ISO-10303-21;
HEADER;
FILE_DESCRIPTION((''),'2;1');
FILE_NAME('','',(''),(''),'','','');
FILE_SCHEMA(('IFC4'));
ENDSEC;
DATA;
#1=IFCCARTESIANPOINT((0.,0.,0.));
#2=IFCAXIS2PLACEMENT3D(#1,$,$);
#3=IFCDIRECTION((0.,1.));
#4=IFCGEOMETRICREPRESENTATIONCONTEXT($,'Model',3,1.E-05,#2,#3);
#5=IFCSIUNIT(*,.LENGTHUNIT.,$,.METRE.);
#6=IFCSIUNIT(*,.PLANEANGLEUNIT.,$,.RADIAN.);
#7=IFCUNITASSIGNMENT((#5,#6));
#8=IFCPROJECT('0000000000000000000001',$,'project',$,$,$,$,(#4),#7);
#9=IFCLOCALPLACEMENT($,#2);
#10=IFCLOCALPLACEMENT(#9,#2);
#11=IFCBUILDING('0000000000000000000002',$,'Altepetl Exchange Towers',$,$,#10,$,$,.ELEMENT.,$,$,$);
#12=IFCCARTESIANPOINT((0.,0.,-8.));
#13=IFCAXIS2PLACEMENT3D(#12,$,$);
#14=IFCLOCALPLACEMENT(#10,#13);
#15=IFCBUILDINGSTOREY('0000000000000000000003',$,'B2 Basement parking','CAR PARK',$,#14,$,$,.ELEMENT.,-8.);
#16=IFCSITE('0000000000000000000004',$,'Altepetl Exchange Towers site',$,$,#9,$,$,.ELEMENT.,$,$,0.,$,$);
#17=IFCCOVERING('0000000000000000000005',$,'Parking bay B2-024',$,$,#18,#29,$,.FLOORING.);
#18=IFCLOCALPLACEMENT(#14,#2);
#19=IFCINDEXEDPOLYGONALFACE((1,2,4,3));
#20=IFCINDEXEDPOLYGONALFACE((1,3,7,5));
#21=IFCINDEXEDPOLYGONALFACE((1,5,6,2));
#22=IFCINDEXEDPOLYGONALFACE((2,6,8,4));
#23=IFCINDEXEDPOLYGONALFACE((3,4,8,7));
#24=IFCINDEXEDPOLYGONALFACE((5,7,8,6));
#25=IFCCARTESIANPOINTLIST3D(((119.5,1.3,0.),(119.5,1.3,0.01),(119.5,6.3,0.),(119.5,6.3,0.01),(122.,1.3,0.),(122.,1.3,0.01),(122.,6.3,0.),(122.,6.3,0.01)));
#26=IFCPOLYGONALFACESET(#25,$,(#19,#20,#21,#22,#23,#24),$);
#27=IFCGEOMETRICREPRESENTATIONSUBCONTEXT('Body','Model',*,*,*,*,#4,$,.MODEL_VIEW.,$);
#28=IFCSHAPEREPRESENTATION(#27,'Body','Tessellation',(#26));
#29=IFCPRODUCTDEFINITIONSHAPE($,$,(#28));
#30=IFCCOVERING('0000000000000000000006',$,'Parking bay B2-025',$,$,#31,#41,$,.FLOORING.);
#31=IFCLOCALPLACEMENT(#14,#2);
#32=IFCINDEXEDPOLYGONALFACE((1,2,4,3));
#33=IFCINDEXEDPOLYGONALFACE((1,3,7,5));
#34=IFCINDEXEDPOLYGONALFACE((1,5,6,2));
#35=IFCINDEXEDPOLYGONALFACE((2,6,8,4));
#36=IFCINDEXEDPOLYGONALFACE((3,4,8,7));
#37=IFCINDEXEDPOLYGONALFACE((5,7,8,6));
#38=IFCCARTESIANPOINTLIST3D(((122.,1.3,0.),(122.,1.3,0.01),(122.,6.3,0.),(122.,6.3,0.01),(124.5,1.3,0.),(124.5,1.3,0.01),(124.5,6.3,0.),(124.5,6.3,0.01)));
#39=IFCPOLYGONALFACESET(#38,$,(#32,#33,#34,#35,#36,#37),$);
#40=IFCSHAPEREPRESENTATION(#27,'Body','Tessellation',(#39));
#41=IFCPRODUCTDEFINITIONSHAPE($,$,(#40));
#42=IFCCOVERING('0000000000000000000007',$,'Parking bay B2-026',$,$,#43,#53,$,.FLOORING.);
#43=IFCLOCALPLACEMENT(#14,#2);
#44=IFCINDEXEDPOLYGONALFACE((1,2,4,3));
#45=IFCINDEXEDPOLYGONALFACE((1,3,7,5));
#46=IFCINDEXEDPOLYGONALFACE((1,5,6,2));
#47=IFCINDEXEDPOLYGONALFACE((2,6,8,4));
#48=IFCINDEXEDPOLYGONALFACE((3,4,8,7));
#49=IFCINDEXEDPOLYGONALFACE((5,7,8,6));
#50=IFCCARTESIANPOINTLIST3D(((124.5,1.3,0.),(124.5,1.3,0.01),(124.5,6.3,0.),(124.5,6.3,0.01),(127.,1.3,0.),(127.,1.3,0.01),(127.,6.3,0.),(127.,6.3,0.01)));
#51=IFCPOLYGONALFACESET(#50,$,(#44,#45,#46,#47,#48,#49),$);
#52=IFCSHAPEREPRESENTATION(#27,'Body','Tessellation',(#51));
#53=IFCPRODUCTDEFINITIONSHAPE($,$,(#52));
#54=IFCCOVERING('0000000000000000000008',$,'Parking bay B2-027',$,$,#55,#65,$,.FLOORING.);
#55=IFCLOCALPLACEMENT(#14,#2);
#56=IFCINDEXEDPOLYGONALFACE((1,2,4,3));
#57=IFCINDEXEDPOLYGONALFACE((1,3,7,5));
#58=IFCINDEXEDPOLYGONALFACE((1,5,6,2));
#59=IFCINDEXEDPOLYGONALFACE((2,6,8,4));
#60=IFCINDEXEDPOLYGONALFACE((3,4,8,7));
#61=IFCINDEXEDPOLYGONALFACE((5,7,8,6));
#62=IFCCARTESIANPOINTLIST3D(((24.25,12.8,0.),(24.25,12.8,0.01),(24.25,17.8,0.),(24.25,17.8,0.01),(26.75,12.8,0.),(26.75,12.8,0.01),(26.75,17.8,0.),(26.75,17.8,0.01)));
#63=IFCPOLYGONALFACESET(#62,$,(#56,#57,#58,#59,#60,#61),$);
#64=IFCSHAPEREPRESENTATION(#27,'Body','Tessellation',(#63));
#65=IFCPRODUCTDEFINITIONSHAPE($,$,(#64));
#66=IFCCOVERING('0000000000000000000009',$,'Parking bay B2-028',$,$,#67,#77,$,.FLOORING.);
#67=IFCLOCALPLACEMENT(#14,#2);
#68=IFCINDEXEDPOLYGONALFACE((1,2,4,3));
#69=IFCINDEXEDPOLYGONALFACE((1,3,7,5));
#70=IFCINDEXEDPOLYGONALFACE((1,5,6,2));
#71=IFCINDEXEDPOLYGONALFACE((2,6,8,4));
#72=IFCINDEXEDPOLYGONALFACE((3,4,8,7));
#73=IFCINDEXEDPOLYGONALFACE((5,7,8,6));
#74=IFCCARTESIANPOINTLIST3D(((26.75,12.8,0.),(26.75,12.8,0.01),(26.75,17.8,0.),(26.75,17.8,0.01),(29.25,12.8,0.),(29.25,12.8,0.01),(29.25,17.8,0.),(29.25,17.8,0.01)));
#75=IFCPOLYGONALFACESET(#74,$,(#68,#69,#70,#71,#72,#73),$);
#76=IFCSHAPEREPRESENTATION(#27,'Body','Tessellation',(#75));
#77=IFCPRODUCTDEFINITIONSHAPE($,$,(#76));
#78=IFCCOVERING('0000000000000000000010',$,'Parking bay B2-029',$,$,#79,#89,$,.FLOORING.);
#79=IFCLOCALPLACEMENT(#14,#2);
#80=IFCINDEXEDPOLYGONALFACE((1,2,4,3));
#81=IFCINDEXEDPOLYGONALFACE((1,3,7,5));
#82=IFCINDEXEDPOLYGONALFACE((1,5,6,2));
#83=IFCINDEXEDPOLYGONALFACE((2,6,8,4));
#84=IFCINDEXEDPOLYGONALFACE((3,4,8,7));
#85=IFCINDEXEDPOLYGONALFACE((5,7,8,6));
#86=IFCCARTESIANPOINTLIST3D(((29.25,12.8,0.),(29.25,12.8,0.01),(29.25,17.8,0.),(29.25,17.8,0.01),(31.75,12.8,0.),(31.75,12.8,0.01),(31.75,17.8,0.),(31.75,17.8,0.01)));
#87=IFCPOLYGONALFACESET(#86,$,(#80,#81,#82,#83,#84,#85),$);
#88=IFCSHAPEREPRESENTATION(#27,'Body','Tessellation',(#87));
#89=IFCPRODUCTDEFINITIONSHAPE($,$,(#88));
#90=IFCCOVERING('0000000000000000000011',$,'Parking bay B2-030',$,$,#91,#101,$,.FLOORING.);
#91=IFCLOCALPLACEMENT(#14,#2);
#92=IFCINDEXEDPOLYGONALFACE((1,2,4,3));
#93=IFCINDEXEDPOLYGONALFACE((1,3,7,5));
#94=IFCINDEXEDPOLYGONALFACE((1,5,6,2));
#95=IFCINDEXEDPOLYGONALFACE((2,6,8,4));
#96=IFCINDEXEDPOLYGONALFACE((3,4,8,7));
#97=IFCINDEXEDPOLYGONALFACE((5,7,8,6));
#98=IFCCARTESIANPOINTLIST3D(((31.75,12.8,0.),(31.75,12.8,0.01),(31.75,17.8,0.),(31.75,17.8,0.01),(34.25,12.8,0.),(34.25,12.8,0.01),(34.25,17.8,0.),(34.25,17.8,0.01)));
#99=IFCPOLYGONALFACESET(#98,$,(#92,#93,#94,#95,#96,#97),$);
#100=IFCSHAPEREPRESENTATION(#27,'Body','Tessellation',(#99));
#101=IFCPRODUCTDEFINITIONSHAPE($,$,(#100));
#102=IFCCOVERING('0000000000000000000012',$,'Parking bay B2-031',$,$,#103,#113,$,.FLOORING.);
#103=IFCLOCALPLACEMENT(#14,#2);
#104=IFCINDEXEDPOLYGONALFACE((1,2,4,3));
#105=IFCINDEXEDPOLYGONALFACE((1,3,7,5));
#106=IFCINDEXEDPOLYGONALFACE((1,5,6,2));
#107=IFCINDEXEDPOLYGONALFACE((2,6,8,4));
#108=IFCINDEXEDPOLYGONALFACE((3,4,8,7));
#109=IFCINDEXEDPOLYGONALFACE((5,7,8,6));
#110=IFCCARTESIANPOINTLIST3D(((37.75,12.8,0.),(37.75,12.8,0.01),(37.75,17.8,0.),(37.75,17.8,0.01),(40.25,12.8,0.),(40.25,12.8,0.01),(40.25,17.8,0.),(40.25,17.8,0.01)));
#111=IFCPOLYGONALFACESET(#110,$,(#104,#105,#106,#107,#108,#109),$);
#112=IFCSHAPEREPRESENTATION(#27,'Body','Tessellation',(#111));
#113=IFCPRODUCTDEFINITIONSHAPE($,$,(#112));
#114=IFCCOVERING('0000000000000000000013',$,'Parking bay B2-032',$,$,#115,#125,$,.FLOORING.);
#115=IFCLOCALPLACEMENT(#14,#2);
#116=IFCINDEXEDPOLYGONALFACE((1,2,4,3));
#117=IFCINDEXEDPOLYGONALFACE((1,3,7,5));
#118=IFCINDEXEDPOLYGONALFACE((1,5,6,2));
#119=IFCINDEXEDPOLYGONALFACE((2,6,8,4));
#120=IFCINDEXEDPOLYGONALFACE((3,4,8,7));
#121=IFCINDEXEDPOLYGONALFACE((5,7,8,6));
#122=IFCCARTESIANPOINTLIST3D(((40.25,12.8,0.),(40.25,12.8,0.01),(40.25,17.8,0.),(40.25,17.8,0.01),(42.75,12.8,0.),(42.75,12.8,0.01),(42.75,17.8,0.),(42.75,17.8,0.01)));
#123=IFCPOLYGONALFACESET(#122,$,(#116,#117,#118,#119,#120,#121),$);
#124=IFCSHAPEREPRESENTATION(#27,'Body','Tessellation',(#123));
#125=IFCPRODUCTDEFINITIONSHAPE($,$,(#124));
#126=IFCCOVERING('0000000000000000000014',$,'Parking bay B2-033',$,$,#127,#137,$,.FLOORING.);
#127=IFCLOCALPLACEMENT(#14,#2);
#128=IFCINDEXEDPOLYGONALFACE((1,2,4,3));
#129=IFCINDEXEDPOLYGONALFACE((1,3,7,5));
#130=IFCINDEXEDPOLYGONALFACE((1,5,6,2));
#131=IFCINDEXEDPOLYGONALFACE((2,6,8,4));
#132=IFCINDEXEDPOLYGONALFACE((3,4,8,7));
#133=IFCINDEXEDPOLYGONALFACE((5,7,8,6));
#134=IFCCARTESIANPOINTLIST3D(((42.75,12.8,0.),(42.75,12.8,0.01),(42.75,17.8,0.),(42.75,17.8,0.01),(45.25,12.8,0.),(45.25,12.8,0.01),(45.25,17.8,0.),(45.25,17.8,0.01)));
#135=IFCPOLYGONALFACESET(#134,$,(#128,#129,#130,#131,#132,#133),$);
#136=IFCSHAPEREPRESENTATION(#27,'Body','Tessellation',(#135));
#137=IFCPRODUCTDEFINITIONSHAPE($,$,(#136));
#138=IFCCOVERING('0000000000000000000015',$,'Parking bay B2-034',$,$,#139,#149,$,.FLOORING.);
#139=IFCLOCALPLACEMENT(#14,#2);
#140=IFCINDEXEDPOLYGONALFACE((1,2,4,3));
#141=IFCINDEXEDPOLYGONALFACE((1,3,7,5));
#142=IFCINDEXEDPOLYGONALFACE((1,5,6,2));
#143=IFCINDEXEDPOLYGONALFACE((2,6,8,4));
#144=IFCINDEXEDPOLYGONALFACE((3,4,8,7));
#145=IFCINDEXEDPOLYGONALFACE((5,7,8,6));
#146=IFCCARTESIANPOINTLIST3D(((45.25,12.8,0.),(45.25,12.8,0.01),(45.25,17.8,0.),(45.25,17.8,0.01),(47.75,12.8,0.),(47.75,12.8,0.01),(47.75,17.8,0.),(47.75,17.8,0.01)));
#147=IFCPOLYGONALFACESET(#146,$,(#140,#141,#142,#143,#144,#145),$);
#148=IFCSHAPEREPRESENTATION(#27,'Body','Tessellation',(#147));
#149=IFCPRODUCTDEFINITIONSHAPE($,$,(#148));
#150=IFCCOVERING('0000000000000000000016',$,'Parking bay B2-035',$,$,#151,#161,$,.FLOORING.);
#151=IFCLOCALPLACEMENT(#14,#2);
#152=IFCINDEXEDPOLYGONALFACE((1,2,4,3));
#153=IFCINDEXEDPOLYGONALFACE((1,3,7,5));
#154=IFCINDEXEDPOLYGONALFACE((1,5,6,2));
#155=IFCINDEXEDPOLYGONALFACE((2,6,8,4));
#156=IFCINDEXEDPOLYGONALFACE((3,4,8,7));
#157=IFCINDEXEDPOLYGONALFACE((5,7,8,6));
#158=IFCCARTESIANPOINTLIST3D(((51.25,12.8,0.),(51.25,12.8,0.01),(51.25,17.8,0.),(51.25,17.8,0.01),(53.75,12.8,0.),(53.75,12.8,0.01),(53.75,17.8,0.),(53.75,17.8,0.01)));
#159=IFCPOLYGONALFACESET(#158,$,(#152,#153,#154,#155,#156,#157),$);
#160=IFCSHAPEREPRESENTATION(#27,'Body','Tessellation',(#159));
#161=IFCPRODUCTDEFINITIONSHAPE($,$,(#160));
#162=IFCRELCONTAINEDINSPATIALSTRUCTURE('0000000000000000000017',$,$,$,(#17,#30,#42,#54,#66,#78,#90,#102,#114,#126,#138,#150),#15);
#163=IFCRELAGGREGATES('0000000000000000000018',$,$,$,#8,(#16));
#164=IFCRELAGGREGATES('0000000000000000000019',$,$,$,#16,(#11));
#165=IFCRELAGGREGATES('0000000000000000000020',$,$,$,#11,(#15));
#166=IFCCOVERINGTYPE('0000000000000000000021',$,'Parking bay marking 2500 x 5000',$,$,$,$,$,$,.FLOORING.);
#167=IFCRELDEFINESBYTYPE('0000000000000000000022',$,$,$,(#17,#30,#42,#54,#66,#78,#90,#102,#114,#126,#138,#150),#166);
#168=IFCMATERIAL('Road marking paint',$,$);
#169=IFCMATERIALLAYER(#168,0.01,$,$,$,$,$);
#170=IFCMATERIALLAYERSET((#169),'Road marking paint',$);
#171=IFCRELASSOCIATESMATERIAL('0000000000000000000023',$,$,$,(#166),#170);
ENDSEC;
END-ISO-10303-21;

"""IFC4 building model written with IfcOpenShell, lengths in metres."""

from ifc_helpers import new_model, si_unit, direction, frame, origin, place, context, subcontext, project, spatial, polyline, outline, extrude, material, layer, layer_set, type_object, element, save


model = new_model("IFC4")

# Units and contexts
model_context = context("Model", 3, precision=1e-05, world=origin(), true_north=direction((0.0, 1.0)))
body_context = subcontext(model_context, "Body", "Model", "MODEL_VIEW")
ifc_project = project(units=[si_unit("LENGTHUNIT", "METRE"), si_unit("PLANEANGLEUNIT", "RADIAN")], contexts=[model_context])

# Site, building, storey
site_placement = place(None, origin())
site = spatial("IfcSite", under=ifc_project, at=site_placement, Name="Altepetl Exchange Towers site", CompositionType="ELEMENT", RefElevation=0.0)
building_placement = place(site_placement, origin())
building = spatial("IfcBuilding", under=site, at=building_placement, Name="Altepetl Exchange Towers", CompositionType="ELEMENT")
storey_placement = place(building_placement, frame((0.0, 0.0, -8.0)))
storey = spatial("IfcBuildingStorey", under=building, at=storey_placement, Name="B2 Basement parking", Description="CAR PARK", CompositionType="ELEMENT", Elevation=-8.0)

# Coverings
ifc_material = material(Name="Road marking paint")
ifc_layer = layer(ifc_material, 0.01)
ifc_layer_set = layer_set([ifc_layer], Name="Road marking paint")
covering_type = type_object("IfcCoveringType", Name="Parking bay marking 2500 x 5000", PredefinedType="FLOORING", material=ifc_layer_set)
covering_1_placement = place(storey_placement, origin())
element("IfcCovering", 1, at=covering_1_placement, inside=storey, type_object=covering_type, Name="Parking bay B2-024", PredefinedType="FLOORING", context=body_context, shape_type="SweptSolid", body=[
    extrude(outline(polyline([(119.5, 1.3), (122.0, 1.3), (122.0, 6.3), (119.5, 6.3), (119.5, 1.3)])), origin(), (0.0, 0.0, 1.0), 0.01),
])
covering_2_placement = place(storey_placement, origin())
element("IfcCovering", 2, at=covering_2_placement, inside=storey, type_object=covering_type, Name="Parking bay B2-025", PredefinedType="FLOORING", context=body_context, shape_type="SweptSolid", body=[
    extrude(outline(polyline([(122.0, 1.3), (124.5, 1.3), (124.5, 6.3), (122.0, 6.3), (122.0, 1.3)])), origin(), (0.0, 0.0, 1.0), 0.01),
])
covering_3_placement = place(storey_placement, origin())
element("IfcCovering", 3, at=covering_3_placement, inside=storey, type_object=covering_type, Name="Parking bay B2-026", PredefinedType="FLOORING", context=body_context, shape_type="SweptSolid", body=[
    extrude(outline(polyline([(124.5, 1.3), (127.0, 1.3), (127.0, 6.3), (124.5, 6.3), (124.5, 1.3)])), origin(), (0.0, 0.0, 1.0), 0.01),
])
covering_4_placement = place(storey_placement, origin())
element("IfcCovering", 4, at=covering_4_placement, inside=storey, type_object=covering_type, Name="Parking bay B2-027", PredefinedType="FLOORING", context=body_context, shape_type="SweptSolid", body=[
    extrude(outline(polyline([(24.25, 12.8), (26.75, 12.8), (26.75, 17.8), (24.25, 17.8), (24.25, 12.8)])), origin(), (0.0, 0.0, 1.0), 0.01),
])
covering_5_placement = place(storey_placement, origin())
element("IfcCovering", 5, at=covering_5_placement, inside=storey, type_object=covering_type, Name="Parking bay B2-028", PredefinedType="FLOORING", context=body_context, shape_type="SweptSolid", body=[
    extrude(outline(polyline([(26.75, 12.8), (29.25, 12.8), (29.25, 17.8), (26.75, 17.8), (26.75, 12.8)])), origin(), (0.0, 0.0, 1.0), 0.01),
])
covering_6_placement = place(storey_placement, origin())
element("IfcCovering", 6, at=covering_6_placement, inside=storey, type_object=covering_type, Name="Parking bay B2-029", PredefinedType="FLOORING", context=body_context, shape_type="SweptSolid", body=[
    extrude(outline(polyline([(29.25, 12.8), (31.75, 12.8), (31.75, 17.8), (29.25, 17.8), (29.25, 12.8)])), origin(), (0.0, 0.0, 1.0), 0.01),
])
covering_7_placement = place(storey_placement, origin())
element("IfcCovering", 7, at=covering_7_placement, inside=storey, type_object=covering_type, Name="Parking bay B2-030", PredefinedType="FLOORING", context=body_context, shape_type="SweptSolid", body=[
    extrude(outline(polyline([(31.75, 12.8), (34.25, 12.8), (34.25, 17.8), (31.75, 17.8), (31.75, 12.8)])), origin(), (0.0, 0.0, 1.0), 0.01),
])
covering_8_placement = place(storey_placement, origin())
element("IfcCovering", 8, at=covering_8_placement, inside=storey, type_object=covering_type, Name="Parking bay B2-031", PredefinedType="FLOORING", context=body_context, shape_type="SweptSolid", body=[
    extrude(outline(polyline([(37.75, 12.8), (40.25, 12.8), (40.25, 17.8), (37.75, 17.8), (37.75, 12.8)])), origin(), (0.0, 0.0, 1.0), 0.01),
])
covering_9_placement = place(storey_placement, origin())
element("IfcCovering", 9, at=covering_9_placement, inside=storey, type_object=covering_type, Name="Parking bay B2-032", PredefinedType="FLOORING", context=body_context, shape_type="SweptSolid", body=[
    extrude(outline(polyline([(40.25, 12.8), (42.75, 12.8), (42.75, 17.8), (40.25, 17.8), (40.25, 12.8)])), origin(), (0.0, 0.0, 1.0), 0.01),
])
covering_10_placement = place(storey_placement, origin())
element("IfcCovering", 10, at=covering_10_placement, inside=storey, type_object=covering_type, Name="Parking bay B2-033", PredefinedType="FLOORING", context=body_context, shape_type="SweptSolid", body=[
    extrude(outline(polyline([(42.75, 12.8), (45.25, 12.8), (45.25, 17.8), (42.75, 17.8), (42.75, 12.8)])), origin(), (0.0, 0.0, 1.0), 0.01),
])
covering_11_placement = place(storey_placement, origin())
element("IfcCovering", 11, at=covering_11_placement, inside=storey, type_object=covering_type, Name="Parking bay B2-034", PredefinedType="FLOORING", context=body_context, shape_type="SweptSolid", body=[
    extrude(outline(polyline([(45.25, 12.8), (47.75, 12.8), (47.75, 17.8), (45.25, 17.8), (45.25, 12.8)])), origin(), (0.0, 0.0, 1.0), 0.01),
])
covering_12_placement = place(storey_placement, origin())
element("IfcCovering", 12, at=covering_12_placement, inside=storey, type_object=covering_type, Name="Parking bay B2-035", PredefinedType="FLOORING", context=body_context, shape_type="SweptSolid", body=[
    extrude(outline(polyline([(51.25, 12.8), (53.75, 12.8), (53.75, 17.8), (51.25, 17.8), (51.25, 12.8)])), origin(), (0.0, 0.0, 1.0), 0.01),
])

save(model, "model.ifc")
